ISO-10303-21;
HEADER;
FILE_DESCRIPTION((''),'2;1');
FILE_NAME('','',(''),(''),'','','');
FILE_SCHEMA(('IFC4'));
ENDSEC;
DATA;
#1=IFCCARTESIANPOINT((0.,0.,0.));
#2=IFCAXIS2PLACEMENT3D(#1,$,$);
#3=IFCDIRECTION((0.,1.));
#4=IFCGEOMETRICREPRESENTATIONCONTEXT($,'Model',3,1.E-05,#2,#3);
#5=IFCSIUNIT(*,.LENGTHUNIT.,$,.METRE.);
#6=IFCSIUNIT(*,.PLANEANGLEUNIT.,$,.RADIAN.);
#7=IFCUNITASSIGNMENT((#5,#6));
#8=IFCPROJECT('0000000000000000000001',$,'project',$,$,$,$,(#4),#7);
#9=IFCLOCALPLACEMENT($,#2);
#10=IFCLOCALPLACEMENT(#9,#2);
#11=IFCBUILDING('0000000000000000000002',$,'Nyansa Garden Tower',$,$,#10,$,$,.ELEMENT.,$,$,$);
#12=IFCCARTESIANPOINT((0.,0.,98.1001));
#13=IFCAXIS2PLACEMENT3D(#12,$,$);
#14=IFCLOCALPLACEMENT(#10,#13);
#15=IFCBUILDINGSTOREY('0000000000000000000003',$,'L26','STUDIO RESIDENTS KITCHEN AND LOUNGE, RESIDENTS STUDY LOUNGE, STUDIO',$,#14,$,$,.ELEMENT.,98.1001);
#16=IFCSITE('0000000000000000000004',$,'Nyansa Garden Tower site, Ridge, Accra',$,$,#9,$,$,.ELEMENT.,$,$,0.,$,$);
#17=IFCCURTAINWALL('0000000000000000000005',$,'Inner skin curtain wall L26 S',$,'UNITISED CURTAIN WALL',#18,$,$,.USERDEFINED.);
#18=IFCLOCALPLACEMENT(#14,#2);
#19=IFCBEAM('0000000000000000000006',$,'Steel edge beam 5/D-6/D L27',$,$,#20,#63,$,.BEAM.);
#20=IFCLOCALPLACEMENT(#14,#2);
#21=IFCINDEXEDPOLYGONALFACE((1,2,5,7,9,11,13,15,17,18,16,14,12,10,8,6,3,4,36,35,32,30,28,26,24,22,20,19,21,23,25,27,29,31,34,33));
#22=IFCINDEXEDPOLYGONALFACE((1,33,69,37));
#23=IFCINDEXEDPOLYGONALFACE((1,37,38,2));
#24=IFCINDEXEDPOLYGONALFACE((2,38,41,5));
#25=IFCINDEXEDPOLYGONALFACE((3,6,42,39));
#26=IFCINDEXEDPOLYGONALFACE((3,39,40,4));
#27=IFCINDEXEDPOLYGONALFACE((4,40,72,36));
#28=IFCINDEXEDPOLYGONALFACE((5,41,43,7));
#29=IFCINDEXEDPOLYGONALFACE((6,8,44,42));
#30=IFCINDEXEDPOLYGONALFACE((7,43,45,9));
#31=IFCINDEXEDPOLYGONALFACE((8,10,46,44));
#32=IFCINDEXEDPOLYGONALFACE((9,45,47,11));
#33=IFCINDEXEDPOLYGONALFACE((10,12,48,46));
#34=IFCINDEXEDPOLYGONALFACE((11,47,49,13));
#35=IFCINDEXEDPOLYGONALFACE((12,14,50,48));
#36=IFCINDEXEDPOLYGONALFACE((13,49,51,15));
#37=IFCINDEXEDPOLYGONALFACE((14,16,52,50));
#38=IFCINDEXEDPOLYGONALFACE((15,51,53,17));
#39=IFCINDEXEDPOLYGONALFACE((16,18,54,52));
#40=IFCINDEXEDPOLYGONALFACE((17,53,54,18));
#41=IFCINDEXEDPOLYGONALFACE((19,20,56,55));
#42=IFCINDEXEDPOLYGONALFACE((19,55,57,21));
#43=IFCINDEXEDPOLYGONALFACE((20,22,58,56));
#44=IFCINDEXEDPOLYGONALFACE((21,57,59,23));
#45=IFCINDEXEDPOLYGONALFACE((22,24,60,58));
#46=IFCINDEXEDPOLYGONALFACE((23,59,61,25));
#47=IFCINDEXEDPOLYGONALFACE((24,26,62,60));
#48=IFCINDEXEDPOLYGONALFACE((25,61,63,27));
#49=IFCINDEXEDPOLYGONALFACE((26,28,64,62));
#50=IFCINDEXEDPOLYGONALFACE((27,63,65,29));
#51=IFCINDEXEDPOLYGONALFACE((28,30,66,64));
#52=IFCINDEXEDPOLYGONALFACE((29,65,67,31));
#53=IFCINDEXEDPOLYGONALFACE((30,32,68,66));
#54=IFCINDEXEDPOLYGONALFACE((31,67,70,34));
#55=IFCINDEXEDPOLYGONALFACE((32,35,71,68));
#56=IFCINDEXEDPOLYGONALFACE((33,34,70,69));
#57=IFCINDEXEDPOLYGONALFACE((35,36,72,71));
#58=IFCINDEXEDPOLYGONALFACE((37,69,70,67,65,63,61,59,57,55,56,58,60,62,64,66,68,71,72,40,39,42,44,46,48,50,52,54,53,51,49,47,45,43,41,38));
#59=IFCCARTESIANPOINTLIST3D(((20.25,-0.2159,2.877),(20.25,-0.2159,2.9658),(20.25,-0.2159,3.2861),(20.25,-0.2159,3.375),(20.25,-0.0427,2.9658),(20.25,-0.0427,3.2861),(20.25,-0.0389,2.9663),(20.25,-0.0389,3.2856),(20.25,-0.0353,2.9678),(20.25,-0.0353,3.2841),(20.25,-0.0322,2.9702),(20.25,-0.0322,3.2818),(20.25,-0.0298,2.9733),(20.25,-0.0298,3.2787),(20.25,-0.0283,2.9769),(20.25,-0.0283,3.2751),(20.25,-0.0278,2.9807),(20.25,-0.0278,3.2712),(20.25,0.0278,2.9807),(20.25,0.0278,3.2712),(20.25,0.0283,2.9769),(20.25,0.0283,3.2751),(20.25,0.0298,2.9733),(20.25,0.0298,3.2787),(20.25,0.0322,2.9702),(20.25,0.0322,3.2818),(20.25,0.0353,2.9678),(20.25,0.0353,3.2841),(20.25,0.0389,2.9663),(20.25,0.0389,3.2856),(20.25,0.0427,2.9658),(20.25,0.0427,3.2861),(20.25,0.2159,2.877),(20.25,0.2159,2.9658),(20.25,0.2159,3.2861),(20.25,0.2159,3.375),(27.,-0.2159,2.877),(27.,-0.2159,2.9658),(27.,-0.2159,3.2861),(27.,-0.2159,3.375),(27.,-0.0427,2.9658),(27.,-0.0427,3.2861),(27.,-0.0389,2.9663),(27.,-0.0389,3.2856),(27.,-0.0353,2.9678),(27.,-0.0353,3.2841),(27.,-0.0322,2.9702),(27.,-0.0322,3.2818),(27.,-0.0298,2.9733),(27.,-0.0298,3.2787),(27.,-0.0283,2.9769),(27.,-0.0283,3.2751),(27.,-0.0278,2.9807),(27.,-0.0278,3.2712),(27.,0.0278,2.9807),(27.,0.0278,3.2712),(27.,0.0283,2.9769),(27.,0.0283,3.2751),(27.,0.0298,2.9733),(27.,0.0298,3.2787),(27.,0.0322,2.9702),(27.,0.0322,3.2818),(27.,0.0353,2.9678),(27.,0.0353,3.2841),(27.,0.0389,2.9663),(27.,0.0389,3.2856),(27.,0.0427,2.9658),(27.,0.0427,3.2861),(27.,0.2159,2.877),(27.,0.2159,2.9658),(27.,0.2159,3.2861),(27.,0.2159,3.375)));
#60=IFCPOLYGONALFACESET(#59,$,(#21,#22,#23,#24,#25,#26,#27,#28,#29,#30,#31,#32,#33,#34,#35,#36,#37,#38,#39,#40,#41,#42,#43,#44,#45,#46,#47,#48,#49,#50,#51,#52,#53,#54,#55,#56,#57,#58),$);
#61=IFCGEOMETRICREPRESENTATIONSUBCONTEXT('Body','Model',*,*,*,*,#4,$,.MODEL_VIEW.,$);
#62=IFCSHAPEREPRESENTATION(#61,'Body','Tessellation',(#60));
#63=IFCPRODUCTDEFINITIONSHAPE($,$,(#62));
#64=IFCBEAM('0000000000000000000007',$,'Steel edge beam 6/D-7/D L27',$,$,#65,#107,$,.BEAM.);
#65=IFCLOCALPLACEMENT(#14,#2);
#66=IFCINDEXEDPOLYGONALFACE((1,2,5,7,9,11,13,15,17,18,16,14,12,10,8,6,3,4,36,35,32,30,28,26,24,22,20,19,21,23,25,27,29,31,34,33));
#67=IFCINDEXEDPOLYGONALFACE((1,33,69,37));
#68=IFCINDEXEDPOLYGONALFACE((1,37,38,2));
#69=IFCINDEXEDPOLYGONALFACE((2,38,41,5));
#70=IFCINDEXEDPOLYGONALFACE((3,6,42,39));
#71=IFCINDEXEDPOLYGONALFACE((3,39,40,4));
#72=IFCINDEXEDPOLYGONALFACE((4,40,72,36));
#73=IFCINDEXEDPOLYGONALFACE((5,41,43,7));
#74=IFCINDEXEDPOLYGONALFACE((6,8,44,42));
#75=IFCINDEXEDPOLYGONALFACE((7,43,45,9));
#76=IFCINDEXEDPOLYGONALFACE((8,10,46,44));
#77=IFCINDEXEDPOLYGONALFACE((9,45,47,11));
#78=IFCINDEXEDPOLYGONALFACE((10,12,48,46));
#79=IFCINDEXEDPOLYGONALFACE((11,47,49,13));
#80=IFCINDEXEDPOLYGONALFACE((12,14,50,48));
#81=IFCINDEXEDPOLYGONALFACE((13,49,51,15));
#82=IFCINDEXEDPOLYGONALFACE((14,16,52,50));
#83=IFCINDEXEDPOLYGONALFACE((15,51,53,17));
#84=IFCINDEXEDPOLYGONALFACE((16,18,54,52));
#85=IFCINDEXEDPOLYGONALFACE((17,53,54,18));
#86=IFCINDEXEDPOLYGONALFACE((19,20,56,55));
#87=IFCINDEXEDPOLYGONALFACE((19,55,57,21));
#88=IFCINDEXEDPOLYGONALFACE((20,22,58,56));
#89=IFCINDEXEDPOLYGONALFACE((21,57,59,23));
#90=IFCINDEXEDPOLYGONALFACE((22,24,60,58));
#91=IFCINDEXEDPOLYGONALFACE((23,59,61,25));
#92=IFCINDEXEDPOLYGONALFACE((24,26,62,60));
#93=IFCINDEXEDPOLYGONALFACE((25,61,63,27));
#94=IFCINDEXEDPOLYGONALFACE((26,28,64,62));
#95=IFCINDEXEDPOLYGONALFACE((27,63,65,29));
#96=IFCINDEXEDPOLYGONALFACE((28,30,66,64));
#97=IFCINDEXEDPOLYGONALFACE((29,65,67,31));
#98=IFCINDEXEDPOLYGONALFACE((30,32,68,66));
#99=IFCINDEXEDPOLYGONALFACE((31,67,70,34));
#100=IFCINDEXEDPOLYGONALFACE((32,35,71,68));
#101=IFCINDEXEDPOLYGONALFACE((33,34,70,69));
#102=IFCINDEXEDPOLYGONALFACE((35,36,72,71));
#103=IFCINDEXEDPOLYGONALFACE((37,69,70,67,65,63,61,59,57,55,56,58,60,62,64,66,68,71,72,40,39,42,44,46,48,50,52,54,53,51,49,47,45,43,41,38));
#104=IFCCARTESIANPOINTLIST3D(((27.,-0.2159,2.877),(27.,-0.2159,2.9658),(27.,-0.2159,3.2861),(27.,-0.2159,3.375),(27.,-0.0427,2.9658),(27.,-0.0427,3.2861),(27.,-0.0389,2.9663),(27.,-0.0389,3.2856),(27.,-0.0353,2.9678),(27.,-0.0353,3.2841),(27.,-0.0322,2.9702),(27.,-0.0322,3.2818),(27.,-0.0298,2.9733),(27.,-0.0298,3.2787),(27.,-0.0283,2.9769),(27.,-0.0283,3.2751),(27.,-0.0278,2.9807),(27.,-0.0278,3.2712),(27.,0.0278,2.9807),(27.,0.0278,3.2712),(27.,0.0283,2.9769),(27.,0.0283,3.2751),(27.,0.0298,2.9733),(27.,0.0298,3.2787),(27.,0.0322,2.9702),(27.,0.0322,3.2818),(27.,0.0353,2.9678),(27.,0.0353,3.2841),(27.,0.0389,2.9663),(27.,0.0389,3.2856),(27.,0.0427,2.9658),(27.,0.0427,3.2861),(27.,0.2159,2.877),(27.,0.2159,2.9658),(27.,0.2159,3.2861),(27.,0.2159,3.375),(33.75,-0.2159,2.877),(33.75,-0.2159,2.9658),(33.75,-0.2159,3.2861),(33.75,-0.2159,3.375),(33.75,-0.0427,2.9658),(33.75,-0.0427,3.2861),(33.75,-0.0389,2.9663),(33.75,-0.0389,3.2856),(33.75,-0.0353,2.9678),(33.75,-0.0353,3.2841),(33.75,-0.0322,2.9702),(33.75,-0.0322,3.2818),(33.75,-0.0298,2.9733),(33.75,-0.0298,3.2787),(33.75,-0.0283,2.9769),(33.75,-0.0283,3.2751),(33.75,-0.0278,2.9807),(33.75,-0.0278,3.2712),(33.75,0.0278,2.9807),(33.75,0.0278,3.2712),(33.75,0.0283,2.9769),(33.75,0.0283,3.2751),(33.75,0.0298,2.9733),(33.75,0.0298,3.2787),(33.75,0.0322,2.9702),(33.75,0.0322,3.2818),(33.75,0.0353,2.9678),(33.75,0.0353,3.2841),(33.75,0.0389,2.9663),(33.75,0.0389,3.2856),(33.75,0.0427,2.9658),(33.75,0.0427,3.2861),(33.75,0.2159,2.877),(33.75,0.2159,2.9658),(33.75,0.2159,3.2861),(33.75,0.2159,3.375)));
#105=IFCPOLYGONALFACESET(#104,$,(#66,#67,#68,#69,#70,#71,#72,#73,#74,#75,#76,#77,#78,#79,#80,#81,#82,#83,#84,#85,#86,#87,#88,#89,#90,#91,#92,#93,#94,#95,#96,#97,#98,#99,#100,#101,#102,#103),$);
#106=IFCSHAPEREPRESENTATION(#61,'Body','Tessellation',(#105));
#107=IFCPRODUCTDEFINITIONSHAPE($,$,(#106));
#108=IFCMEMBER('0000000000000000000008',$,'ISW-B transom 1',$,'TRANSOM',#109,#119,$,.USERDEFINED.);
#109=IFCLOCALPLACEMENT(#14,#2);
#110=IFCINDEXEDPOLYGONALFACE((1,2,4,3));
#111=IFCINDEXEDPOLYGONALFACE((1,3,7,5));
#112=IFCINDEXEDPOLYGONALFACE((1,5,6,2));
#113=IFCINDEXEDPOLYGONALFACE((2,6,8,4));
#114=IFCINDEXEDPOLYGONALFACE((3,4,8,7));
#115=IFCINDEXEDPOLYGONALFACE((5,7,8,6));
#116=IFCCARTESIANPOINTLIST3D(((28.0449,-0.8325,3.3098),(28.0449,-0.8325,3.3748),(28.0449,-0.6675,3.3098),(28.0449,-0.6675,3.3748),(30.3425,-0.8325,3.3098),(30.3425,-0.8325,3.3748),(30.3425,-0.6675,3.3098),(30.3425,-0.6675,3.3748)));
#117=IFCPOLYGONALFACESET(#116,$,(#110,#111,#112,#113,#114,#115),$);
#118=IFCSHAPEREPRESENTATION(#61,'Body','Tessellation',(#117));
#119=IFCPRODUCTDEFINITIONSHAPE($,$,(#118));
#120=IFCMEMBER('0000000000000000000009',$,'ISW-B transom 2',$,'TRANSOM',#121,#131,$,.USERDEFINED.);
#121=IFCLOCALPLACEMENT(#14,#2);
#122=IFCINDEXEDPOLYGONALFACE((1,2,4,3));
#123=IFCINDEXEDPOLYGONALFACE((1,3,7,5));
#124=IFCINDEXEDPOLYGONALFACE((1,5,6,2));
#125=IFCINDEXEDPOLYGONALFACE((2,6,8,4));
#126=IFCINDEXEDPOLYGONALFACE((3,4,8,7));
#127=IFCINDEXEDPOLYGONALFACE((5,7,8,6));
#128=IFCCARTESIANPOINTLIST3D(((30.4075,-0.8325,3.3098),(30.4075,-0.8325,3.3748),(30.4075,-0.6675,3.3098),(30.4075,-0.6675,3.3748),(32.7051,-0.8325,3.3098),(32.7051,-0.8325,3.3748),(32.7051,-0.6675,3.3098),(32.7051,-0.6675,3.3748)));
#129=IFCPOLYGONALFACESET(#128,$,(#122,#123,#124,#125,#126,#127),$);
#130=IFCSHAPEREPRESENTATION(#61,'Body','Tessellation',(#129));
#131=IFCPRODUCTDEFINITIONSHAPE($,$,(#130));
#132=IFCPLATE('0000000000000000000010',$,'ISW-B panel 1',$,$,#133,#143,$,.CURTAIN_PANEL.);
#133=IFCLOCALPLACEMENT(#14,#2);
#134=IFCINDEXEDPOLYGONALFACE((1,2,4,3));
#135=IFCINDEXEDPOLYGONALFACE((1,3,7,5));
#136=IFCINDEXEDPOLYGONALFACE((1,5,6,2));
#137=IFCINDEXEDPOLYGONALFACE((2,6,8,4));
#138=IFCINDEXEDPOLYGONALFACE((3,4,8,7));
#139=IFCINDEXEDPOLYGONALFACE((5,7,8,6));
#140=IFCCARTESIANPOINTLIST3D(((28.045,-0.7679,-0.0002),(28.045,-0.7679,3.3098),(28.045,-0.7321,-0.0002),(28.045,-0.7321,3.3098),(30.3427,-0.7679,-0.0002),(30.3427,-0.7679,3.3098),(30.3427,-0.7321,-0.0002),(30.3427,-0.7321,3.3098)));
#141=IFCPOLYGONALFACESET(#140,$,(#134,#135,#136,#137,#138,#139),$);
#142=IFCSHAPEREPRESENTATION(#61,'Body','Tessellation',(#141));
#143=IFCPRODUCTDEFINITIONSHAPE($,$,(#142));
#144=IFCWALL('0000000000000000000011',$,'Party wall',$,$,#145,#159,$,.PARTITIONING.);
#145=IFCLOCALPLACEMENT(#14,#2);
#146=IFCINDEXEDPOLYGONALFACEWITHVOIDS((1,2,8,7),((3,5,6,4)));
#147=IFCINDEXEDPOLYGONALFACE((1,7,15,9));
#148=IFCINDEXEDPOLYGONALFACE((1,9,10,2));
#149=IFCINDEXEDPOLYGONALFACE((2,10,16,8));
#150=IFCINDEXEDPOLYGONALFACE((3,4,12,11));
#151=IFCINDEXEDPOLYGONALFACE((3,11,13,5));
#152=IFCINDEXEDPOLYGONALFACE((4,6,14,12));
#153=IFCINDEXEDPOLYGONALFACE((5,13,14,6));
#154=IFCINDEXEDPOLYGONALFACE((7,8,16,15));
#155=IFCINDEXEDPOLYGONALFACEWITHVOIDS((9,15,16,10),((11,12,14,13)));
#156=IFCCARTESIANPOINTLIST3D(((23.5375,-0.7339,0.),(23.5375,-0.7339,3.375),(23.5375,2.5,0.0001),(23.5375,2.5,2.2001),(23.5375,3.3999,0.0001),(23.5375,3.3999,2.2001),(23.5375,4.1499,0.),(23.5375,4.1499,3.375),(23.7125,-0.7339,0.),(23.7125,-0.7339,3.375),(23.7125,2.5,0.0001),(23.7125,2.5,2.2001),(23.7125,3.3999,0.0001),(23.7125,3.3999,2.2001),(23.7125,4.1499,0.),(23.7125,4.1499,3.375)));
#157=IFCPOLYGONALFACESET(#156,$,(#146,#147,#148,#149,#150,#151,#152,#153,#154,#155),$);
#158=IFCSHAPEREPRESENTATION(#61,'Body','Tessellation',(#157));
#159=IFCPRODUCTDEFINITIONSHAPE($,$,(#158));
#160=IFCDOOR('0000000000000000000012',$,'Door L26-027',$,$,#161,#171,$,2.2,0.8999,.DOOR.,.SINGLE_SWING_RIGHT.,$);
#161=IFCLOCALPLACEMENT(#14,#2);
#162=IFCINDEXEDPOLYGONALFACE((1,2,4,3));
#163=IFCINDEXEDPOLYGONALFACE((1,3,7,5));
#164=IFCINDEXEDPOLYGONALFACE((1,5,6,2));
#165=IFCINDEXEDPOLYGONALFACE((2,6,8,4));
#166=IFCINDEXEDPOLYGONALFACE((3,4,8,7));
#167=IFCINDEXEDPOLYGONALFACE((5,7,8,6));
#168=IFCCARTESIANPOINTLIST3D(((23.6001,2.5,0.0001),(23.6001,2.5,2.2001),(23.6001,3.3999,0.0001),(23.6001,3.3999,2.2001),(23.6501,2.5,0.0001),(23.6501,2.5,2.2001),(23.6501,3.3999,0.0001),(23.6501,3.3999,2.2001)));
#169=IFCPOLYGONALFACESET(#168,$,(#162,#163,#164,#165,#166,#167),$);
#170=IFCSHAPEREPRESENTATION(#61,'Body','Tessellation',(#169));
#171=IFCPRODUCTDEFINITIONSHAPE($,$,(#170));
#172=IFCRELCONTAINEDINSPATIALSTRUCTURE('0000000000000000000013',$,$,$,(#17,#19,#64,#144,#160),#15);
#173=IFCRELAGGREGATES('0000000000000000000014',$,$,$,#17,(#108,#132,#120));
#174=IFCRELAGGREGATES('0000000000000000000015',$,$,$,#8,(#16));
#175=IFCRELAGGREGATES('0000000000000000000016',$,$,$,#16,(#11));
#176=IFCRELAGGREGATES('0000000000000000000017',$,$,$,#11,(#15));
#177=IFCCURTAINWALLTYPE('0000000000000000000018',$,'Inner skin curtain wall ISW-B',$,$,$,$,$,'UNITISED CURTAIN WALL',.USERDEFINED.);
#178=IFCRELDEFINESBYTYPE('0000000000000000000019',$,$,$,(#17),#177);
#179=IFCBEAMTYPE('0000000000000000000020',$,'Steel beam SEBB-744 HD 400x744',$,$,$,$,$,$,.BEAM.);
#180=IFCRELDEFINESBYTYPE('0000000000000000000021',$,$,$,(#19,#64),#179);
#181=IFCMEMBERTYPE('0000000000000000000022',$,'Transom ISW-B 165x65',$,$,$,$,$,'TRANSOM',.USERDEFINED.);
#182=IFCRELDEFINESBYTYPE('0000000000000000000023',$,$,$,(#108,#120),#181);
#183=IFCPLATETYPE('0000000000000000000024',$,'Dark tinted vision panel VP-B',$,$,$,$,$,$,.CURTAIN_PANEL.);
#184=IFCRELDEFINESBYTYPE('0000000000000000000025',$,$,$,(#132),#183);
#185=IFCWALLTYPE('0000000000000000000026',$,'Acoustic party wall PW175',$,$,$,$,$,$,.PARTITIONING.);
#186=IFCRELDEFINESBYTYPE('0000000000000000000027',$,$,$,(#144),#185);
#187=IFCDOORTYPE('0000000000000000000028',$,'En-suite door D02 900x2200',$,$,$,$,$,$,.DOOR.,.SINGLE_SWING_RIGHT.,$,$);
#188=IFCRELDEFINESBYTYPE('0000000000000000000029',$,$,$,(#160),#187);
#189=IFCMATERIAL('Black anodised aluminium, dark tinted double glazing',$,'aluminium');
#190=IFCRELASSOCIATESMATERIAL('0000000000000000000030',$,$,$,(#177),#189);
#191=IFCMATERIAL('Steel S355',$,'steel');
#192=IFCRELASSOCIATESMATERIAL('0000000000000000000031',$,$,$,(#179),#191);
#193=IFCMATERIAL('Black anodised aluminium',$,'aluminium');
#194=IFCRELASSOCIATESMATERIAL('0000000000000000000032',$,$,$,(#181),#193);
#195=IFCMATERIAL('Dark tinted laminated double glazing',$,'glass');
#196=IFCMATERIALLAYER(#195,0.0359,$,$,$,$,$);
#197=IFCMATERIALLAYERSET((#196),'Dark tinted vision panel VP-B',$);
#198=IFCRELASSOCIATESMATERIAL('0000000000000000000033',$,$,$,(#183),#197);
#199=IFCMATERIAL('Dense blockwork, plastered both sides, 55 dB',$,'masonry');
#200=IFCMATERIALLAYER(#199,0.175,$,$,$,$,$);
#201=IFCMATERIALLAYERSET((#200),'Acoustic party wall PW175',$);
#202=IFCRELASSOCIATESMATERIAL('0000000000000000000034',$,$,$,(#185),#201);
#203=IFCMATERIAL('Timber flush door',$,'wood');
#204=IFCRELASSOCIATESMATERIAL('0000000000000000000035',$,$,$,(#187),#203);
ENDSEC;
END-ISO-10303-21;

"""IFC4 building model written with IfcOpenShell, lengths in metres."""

from ifc_helpers import new_model, si_unit, direction, frame, frame_2d, origin, origin_2d, place, context, subcontext, project, spatial, rectangle, i_section, extrude, material, layer, layer_set, material_profile, profile_set, type_object, element, fill, aggregate, save


model = new_model("IFC4")

# Units and contexts
model_context = context("Model", 3, precision=1e-05, world=origin(), true_north=direction((0.0, 1.0)))
body_context = subcontext(model_context, "Body", "Model", "MODEL_VIEW")
ifc_project = project(units=[si_unit("LENGTHUNIT", "METRE"), si_unit("PLANEANGLEUNIT", "RADIAN")], contexts=[model_context])

# Site, building, storey
site_placement = place(None, origin())
site = spatial("IfcSite", under=ifc_project, at=site_placement, Name="Nyansa Garden Tower site, Ridge, Accra", CompositionType="ELEMENT", RefElevation=0.0)
building_placement = place(site_placement, origin())
building = spatial("IfcBuilding", under=site, at=building_placement, Name="Nyansa Garden Tower", CompositionType="ELEMENT")
storey_placement = place(building_placement, frame((0.0, 0.0, 98.1001)))
storey = spatial("IfcBuildingStorey", under=building, at=storey_placement, Name="L26", Description="STUDIO RESIDENTS KITCHEN AND LOUNGE, RESIDENTS STUDY LOUNGE, STUDIO", CompositionType="ELEMENT", Elevation=98.1001)

# Shared definitions
ifc_material_1 = material(Name="Black anodised aluminium, dark tinted double glazing", Category="aluminium")
curtain_wall_type = type_object("IfcCurtainWallType", Name="Inner skin curtain wall ISW-B", ElementType="UNITISED CURTAIN WALL", PredefinedType="USERDEFINED", material=ifc_material_1)

# Curtain wall
curtain_wall_1_placement = place(storey_placement, origin())
curtain_wall_1 = element("IfcCurtainWall", 1, at=curtain_wall_1_placement, inside=storey, type_object=curtain_wall_type, Name="Inner skin curtain wall L26 S", ObjectType="UNITISED CURTAIN WALL", PredefinedType="USERDEFINED")

# Beams
ifc_material_2 = material(Name="Steel S355", Category="steel")
ifc_material_profile_1 = material_profile(ifc_material_2, i_section(OverallWidth=0.4319, OverallDepth=0.498, WebThickness=0.0557, FlangeThickness=0.0889, FilletRadius=0.0149, at=origin_2d()), Name="HD 400x744")
ifc_profile_set_1 = profile_set([ifc_material_profile_1], Name="Steel S355")
beam_type_1 = type_object("IfcBeamType", Name="Steel beam SEBB-744 HD 400x744", PredefinedType="BEAM", material=ifc_profile_set_1)
for number, where, z_axis, x_axis, name in (
    (2, (20.25, 0.0, 3.126), (1.0, 0.0, 0.0), (0.0, 1.0, 0.0), "Steel edge beam 5/D-6/D L27"),
    (3, (27.0, 0.0, 3.126), (1.0, 0.0, 0.0), (0.0, 1.0, 0.0), "Steel edge beam 6/D-7/D L27"),
):
    element("IfcBeam", number, at=place(storey_placement, frame(where, z_axis=z_axis, x_axis=x_axis)), inside=storey, type_object=beam_type_1, Name=name, PredefinedType="BEAM", context=body_context, shape_type="SweptSolid", body=[
        extrude(i_section(OverallWidth=0.4319, OverallDepth=0.498, WebThickness=0.0557, FlangeThickness=0.0889, FilletRadius=0.0149, at=origin_2d()), origin(), (0.0, 0.0, 1.0), 6.75),
    ])

# Members
ifc_material_3 = material(Name="Black anodised aluminium", Category="aluminium")
ifc_material_profile_2 = material_profile(ifc_material_3, rectangle(XDim=0.165, YDim=0.0649, at=origin_2d()), Name="Transom 165x65")
ifc_profile_set_2 = profile_set([ifc_material_profile_2], Name="Black anodised aluminium")
member_type_1 = type_object("IfcMemberType", Name="Transom ISW-B 165x65", ElementType="TRANSOM", PredefinedType="USERDEFINED", material=ifc_profile_set_2)
member_1_placement = place(storey_placement, frame((28.0449, -0.75, 3.3423), z_axis=(1.0, 0.0, 0.0), x_axis=(0.0, 1.0, 0.0)))
member_1 = element("IfcMember", 4, at=member_1_placement, type_object=member_type_1, Name="ISW-B transom 1", ObjectType="TRANSOM", PredefinedType="USERDEFINED", context=body_context, shape_type="SweptSolid", body=[
    extrude(rectangle(XDim=0.165, YDim=0.0649, at=origin_2d()), origin(), (0.0, 0.0, 1.0), 2.2976),
])
member_2_placement = place(storey_placement, frame((30.4075, -0.75, 3.3423), z_axis=(1.0, 0.0, 0.0), x_axis=(0.0, 1.0, 0.0)))
member_2 = element("IfcMember", 5, at=member_2_placement, type_object=member_type_1, Name="ISW-B transom 2", ObjectType="TRANSOM", PredefinedType="USERDEFINED", context=body_context, shape_type="SweptSolid", body=[
    extrude(rectangle(XDim=0.165, YDim=0.0649, at=origin_2d()), origin(), (0.0, 0.0, 1.0), 2.2976),
])

# Plate
ifc_material_4 = material(Name="Dark tinted laminated double glazing", Category="glass")
ifc_layer_1 = layer(ifc_material_4, 0.0359)
ifc_layer_set_1 = layer_set([ifc_layer_1], Name="Dark tinted vision panel VP-B")
plate_type = type_object("IfcPlateType", Name="Dark tinted vision panel VP-B", PredefinedType="CURTAIN_PANEL", material=ifc_layer_set_1)
plate_placement = place(storey_placement, frame((29.1938, -0.75, -0.0002), z_axis=(0.0, 0.0, 1.0), x_axis=(1.0, 0.0, 0.0)))
plate = element("IfcPlate", 6, at=plate_placement, type_object=plate_type, Name="ISW-B panel 1", PredefinedType="CURTAIN_PANEL", context=body_context, shape_type="SweptSolid", body=[
    extrude(rectangle(XDim=2.2976, YDim=0.0359, at=origin_2d()), origin(), (0.0, 0.0, 1.0), 3.3101),
])
aggregate(curtain_wall_1, [member_1, plate, member_2])

# Wall, opening, door
ifc_material_5 = material(Name="Dense blockwork, plastered both sides, 55 dB", Category="masonry")
ifc_layer_2 = layer(ifc_material_5, 0.175)
ifc_layer_set_2 = layer_set([ifc_layer_2], Name="Acoustic party wall PW175")
wall_type_1 = type_object("IfcWallType", Name="Acoustic party wall PW175", PredefinedType="PARTITIONING", material=ifc_layer_set_2)
wall_1_placement = place(storey_placement, frame((23.625, -0.7339, 0.0), z_axis=(0.0, 0.0, 1.0), x_axis=(0.0, 1.0, 0.0)))
wall_1 = element("IfcWall", 7, at=wall_1_placement, inside=storey, type_object=wall_type_1, Name="Party wall", PredefinedType="PARTITIONING", context=body_context, shape_type="SweptSolid", body=[
    extrude(rectangle(XDim=4.8838, YDim=0.175, at=frame_2d((2.4419, 0.0))), origin(), (0.0, 0.0, 1.0), 3.375),
])
opening_1_placement = place(wall_1_placement, frame((3.2339, 0.0, 0.0)))
opening_1 = element("IfcOpeningElement", 8, at=opening_1_placement, cuts=wall_1, PredefinedType="OPENING", context=body_context, shape_type="SweptSolid", body=[
    extrude(rectangle(XDim=0.8999, YDim=2.2, at=frame_2d((0.45, 1.1001))), frame((0.0, 0.0974, 0.0), z_axis=(0.0, -1.0, 0.0), x_axis=(1.0, 0.0, 0.0)), (0.0, 0.0, 1.0), 0.1951),
])
ifc_material_6 = material(Name="Timber flush door", Category="wood")
door_type_1 = type_object("IfcDoorType", Name="En-suite door D02 900x2200", OperationType="SINGLE_SWING_RIGHT", PredefinedType="DOOR", material=ifc_material_6)
door_1_placement = place(opening_1_placement, origin())
door_1 = element("IfcDoor", 9, at=door_1_placement, inside=storey, type_object=door_type_1, Name="Door L26-027", OperationType="SINGLE_SWING_RIGHT", OverallHeight=2.2, OverallWidth=0.8999, PredefinedType="DOOR", context=body_context, shape_type="SweptSolid", body=[
    extrude(rectangle(XDim=0.8999, YDim=2.2, at=frame_2d((0.45, 1.1001))), frame((0.0, 0.0249, 0.0), z_axis=(0.0, -1.0, 0.0), x_axis=(1.0, 0.0, 0.0)), (0.0, 0.0, 1.0), 0.05),
])
fill(opening_1, door_1)

save(model, "model.ifc")
